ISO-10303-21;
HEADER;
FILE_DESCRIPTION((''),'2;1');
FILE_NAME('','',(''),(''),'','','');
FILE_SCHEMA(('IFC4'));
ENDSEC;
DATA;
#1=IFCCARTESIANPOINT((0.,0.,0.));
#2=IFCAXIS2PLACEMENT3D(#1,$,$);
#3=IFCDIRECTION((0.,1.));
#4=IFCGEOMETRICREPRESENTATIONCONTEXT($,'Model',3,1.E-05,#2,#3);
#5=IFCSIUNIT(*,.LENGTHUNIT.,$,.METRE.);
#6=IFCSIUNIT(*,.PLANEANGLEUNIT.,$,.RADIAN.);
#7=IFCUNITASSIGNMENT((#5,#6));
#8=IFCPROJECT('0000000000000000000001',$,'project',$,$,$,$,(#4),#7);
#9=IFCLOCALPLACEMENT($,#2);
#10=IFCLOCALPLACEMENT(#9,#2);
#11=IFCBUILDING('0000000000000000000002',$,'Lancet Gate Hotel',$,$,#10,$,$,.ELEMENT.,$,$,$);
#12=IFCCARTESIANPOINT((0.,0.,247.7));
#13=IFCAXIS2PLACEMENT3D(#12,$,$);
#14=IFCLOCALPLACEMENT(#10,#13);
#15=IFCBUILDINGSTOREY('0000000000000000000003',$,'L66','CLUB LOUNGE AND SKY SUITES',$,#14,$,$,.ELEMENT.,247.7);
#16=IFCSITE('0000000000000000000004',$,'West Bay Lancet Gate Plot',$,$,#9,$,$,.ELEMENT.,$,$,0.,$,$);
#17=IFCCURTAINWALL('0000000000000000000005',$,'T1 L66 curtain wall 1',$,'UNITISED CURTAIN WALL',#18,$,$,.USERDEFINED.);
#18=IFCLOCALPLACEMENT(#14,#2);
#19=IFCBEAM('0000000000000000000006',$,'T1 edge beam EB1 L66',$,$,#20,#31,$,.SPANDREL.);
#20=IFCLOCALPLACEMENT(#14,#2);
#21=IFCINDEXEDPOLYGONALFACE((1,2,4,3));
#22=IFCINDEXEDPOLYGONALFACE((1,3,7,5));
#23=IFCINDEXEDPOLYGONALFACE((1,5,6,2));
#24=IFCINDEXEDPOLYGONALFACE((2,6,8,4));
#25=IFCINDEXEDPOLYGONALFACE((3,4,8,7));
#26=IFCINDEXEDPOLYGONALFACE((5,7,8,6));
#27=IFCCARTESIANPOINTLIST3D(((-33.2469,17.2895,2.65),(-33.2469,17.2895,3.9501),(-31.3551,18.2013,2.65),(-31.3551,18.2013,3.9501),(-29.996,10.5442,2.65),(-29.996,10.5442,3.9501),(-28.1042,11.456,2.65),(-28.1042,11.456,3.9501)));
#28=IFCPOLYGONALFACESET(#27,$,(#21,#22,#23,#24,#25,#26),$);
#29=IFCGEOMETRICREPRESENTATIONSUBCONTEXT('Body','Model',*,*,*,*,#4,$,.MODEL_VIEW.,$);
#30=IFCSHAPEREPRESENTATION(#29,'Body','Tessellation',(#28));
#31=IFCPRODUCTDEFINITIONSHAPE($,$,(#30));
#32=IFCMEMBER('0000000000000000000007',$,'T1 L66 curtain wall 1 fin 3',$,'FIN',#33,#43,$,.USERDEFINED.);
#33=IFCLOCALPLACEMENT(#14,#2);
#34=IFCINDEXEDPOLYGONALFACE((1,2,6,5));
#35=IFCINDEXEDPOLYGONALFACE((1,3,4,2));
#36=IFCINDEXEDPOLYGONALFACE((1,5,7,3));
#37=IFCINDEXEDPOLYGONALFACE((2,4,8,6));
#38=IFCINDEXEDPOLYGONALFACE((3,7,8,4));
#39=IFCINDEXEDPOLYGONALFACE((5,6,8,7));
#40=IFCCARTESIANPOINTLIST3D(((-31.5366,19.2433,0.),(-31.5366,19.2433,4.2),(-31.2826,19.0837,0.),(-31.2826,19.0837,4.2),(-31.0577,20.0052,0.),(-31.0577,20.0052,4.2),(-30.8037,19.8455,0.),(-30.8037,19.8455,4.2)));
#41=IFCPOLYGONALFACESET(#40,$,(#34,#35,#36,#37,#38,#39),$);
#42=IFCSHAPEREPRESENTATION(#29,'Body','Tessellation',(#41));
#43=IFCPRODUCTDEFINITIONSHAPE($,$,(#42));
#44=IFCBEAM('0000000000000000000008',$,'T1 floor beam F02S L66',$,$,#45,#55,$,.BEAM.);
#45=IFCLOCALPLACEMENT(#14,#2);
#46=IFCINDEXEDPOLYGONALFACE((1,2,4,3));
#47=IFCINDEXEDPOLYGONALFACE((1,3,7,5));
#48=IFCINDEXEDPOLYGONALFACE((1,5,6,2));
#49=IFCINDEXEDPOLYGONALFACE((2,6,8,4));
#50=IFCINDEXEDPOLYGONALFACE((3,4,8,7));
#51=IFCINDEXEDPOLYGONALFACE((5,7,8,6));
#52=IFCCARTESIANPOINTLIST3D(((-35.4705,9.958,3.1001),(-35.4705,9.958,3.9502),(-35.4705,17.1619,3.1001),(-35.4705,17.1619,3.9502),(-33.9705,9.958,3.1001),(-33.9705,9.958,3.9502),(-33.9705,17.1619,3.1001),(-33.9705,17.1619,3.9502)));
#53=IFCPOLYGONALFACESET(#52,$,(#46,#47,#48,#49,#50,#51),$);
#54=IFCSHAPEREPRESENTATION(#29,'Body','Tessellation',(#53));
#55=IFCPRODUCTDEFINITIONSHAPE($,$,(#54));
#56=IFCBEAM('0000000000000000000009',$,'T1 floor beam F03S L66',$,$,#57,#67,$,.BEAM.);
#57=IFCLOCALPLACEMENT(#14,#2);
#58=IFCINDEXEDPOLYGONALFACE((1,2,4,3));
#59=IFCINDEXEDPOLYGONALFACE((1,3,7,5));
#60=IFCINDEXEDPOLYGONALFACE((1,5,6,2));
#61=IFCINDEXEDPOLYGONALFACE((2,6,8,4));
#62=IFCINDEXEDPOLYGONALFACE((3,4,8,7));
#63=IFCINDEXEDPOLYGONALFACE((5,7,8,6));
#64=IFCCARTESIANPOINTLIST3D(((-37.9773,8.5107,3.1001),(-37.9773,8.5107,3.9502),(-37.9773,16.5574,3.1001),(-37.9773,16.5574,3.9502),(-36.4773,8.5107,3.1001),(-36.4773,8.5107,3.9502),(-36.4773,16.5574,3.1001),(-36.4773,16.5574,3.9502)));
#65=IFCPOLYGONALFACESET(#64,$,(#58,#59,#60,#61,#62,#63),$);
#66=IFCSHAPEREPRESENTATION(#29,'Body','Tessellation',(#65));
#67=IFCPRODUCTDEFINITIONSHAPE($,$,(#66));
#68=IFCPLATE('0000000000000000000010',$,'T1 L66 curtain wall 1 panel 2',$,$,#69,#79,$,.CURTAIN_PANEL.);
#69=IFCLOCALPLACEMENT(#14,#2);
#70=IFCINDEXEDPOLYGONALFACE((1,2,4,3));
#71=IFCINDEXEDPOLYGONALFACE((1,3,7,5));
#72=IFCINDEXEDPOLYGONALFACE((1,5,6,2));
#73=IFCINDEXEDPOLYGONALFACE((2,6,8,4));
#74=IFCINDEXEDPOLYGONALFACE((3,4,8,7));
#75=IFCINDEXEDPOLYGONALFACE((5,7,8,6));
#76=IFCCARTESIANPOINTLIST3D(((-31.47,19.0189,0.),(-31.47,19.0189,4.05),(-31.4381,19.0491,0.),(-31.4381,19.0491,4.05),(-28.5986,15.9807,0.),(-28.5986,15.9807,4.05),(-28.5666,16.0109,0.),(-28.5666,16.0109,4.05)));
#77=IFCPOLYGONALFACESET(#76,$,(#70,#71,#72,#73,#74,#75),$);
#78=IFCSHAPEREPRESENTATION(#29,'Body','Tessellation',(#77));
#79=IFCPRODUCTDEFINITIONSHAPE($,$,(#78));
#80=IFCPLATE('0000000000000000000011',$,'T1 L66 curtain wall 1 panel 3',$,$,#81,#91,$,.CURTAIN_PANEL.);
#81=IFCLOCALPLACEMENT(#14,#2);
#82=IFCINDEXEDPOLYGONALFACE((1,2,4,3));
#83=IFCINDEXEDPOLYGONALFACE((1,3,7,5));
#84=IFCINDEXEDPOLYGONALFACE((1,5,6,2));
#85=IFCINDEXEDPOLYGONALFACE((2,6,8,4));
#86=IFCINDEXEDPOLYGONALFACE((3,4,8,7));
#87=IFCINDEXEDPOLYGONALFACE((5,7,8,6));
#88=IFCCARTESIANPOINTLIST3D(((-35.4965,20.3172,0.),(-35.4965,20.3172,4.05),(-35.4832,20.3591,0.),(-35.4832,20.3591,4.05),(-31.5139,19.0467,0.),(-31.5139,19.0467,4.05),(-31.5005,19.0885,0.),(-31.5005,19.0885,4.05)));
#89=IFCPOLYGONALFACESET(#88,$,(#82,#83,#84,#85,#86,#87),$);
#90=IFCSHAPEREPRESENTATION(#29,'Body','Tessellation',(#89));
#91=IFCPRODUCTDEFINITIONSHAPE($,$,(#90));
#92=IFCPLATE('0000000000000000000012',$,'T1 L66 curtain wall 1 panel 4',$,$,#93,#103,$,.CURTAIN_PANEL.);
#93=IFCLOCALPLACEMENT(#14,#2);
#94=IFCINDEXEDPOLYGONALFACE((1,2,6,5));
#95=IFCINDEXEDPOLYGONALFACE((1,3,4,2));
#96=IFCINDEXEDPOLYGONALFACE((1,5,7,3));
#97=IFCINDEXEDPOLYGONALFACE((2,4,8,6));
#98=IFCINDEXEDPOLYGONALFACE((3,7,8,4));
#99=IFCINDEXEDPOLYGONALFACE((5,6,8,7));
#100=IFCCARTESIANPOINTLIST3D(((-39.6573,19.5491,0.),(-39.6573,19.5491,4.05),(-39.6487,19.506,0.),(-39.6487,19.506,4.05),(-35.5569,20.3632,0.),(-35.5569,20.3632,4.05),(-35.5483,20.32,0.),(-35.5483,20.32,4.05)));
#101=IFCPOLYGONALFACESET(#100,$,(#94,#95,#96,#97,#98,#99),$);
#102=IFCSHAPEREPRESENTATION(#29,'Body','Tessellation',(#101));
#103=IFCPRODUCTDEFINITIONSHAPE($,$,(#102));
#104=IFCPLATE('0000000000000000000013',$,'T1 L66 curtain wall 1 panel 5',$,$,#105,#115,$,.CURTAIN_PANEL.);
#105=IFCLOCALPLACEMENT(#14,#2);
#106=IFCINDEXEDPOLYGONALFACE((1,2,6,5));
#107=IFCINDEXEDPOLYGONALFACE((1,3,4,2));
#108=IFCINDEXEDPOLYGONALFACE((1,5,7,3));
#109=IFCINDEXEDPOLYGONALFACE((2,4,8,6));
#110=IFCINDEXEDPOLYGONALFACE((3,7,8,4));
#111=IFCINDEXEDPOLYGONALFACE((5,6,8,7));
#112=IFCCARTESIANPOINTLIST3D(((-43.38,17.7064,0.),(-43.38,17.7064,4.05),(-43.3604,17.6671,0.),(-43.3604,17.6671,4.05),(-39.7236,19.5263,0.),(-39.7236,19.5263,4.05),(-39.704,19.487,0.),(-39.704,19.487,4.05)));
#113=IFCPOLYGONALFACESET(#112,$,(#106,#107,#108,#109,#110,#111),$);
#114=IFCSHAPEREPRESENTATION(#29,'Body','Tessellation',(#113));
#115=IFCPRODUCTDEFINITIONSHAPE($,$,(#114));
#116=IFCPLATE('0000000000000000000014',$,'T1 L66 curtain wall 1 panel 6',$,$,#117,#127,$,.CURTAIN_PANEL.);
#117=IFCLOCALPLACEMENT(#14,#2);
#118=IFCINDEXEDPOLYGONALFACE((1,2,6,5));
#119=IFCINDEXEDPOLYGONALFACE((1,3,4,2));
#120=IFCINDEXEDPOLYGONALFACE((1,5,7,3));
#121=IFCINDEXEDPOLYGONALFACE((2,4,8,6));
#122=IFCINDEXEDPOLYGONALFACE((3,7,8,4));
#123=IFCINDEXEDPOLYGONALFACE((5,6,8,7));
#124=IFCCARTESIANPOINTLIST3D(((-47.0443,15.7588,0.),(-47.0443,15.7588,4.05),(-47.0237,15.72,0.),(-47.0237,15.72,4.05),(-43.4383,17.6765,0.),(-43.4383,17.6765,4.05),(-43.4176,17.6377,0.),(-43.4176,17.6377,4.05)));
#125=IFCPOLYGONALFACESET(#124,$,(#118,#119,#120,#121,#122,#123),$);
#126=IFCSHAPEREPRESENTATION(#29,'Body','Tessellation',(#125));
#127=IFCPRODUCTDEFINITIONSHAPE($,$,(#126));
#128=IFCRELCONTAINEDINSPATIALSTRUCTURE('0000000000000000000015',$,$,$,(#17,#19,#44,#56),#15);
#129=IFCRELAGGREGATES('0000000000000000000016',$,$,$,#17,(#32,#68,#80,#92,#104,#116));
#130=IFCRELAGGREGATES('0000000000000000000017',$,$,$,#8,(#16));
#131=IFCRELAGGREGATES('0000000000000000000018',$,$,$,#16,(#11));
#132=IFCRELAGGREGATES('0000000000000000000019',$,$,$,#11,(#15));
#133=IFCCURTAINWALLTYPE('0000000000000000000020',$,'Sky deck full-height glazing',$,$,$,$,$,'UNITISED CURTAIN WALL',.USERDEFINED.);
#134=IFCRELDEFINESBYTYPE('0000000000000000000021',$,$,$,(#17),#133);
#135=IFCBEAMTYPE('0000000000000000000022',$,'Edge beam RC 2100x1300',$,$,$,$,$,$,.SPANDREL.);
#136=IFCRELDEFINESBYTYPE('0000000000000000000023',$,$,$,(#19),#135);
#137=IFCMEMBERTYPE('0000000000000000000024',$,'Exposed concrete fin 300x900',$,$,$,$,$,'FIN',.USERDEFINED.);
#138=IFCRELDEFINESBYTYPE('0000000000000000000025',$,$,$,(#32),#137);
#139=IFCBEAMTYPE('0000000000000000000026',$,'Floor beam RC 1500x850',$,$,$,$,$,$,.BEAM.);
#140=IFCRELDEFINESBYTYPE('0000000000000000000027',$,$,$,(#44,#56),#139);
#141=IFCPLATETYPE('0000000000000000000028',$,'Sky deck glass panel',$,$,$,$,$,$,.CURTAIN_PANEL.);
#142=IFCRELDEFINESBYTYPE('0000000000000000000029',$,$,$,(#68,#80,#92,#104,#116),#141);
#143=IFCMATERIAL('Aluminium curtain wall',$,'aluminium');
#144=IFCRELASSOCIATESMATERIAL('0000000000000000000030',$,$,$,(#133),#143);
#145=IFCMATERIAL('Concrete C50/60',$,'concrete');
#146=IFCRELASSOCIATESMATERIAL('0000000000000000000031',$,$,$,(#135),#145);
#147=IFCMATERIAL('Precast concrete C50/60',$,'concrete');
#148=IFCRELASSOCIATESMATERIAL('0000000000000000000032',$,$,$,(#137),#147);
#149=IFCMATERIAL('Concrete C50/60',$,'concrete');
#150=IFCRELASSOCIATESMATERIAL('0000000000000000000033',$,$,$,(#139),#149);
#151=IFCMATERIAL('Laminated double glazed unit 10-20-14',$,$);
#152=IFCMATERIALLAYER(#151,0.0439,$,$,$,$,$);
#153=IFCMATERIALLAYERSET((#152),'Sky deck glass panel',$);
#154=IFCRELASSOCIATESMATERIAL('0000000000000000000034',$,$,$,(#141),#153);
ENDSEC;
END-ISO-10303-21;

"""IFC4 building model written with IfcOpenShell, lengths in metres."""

from ifc_helpers import new_model, si_unit, direction, frame, origin, origin_2d, place, context, subcontext, project, spatial, rectangle, extrude, material, layer, layer_set, material_profile, profile_set, type_object, element, aggregate, save


model = new_model("IFC4")

# Units and contexts
model_context = context("Model", 3, precision=1e-05, world=origin(), true_north=direction((0.0, 1.0)))
body_context = subcontext(model_context, "Body", "Model", "MODEL_VIEW")
ifc_project = project(units=[si_unit("LENGTHUNIT", "METRE"), si_unit("PLANEANGLEUNIT", "RADIAN")], contexts=[model_context])

# Site, building, storey
site_placement = place(None, origin())
site = spatial("IfcSite", under=ifc_project, at=site_placement, Name="West Bay Lancet Gate Plot", CompositionType="ELEMENT", RefElevation=0.0)
building_placement = place(site_placement, origin())
building = spatial("IfcBuilding", under=site, at=building_placement, Name="Lancet Gate Hotel", CompositionType="ELEMENT")
storey_placement = place(building_placement, frame((0.0, 0.0, 247.7)))
storey = spatial("IfcBuildingStorey", under=building, at=storey_placement, Name="L66", Description="CLUB LOUNGE AND SKY SUITES", CompositionType="ELEMENT", Elevation=247.7)

# Curtain wall
ifc_material_1 = material(Name="Aluminium curtain wall", Category="aluminium")
curtain_wall_type = type_object("IfcCurtainWallType", Name="Sky deck full-height glazing", ElementType="UNITISED CURTAIN WALL", PredefinedType="USERDEFINED", material=ifc_material_1)
curtain_wall_placement = place(storey_placement, origin())
curtain_wall = element("IfcCurtainWall", 1, at=curtain_wall_placement, inside=storey, type_object=curtain_wall_type, Name="T1 L66 curtain wall 1", ObjectType="UNITISED CURTAIN WALL", PredefinedType="USERDEFINED")

# Beam
ifc_material_2 = material(Name="Concrete C50/60", Category="concrete")
ifc_material_profile_1 = material_profile(ifc_material_2, rectangle(XDim=2.1001, YDim=1.3, at=origin_2d()), Name="RC 2100x1300")
ifc_profile_set_1 = profile_set([ifc_material_profile_1], Name="Concrete C50/60")
beam_type_1 = type_object("IfcBeamType", Name="Edge beam RC 2100x1300", PredefinedType="SPANDREL", material=ifc_profile_set_1)
beam_1_placement = place(storey_placement, frame((-32.301, 17.7454, 3.3), z_axis=(0.434164, -0.900834, 0.0), x_axis=(0.900834, 0.434164, 0.0)))
element("IfcBeam", 2, at=beam_1_placement, inside=storey, type_object=beam_type_1, Name="T1 edge beam EB1 L66", PredefinedType="SPANDREL", context=body_context, shape_type="SweptSolid", body=[
    extrude(rectangle(XDim=2.1001, YDim=1.3, at=origin_2d()), origin(), (0.0, 0.0, 1.0), 7.4878),
])

# Member
ifc_material_3 = material(Name="Precast concrete C50/60", Category="concrete")
ifc_material_profile_2 = material_profile(ifc_material_3, rectangle(XDim=0.3, YDim=0.8999, at=origin_2d()), Name="FIN 300x900")
ifc_profile_set_2 = profile_set([ifc_material_profile_2], Name="Precast concrete C50/60")
member_type_1 = type_object("IfcMemberType", Name="Exposed concrete fin 300x900", ElementType="FIN", PredefinedType="USERDEFINED", material=ifc_profile_set_2)
member_1_placement = place(storey_placement, frame((-31.1702, 19.5444, 0.0), z_axis=(0.0, 0.0, 1.0), x_axis=(-0.846613, 0.532209, 0.0)))
member_1 = element("IfcMember", 3, at=member_1_placement, type_object=member_type_1, Name="T1 L66 curtain wall 1 fin 3", ObjectType="FIN", PredefinedType="USERDEFINED", context=body_context, shape_type="SweptSolid", body=[
    extrude(rectangle(XDim=0.3, YDim=0.8999, at=origin_2d()), origin(), (0.0, 0.0, 1.0), 4.2),
])

# Beams
ifc_material_4 = material(Name="Concrete C50/60", Category="concrete")
ifc_material_profile_3 = material_profile(ifc_material_4, rectangle(XDim=1.5, YDim=0.8501, at=origin_2d()), Name="RC 1500x850")
ifc_profile_set_3 = profile_set([ifc_material_profile_3], Name="Concrete C50/60")
beam_type_2 = type_object("IfcBeamType", Name="Floor beam RC 1500x850", PredefinedType="BEAM", material=ifc_profile_set_3)
beam_2_placement = place(storey_placement, frame((-34.7205, 17.1619, 3.5251), z_axis=(0.0, -1.0, 0.0), x_axis=(1.0, 0.0, 0.0)))
element("IfcBeam", 4, at=beam_2_placement, inside=storey, type_object=beam_type_2, Name="T1 floor beam F02S L66", PredefinedType="BEAM", context=body_context, shape_type="SweptSolid", body=[
    extrude(rectangle(XDim=1.5, YDim=0.8501, at=origin_2d()), origin(), (0.0, 0.0, 1.0), 7.2039),
])
beam_3_placement = place(storey_placement, frame((-37.2273, 16.5574, 3.5251), z_axis=(0.0, -1.0, 0.0), x_axis=(1.0, 0.0, 0.0)))
element("IfcBeam", 5, at=beam_3_placement, inside=storey, type_object=beam_type_2, Name="T1 floor beam F03S L66", PredefinedType="BEAM", context=body_context, shape_type="SweptSolid", body=[
    extrude(rectangle(XDim=1.5, YDim=0.8501, at=origin_2d()), origin(), (0.0, 0.0, 1.0), 8.0466),
])

# Plates
ifc_material_5 = material(Name="Laminated double glazed unit 10-20-14")
ifc_layer_1 = layer(ifc_material_5, 0.0439)
ifc_layer_set_1 = layer_set([ifc_layer_1], Name="Sky deck glass panel")
plate_type = type_object("IfcPlateType", Name="Sky deck glass panel", PredefinedType="CURTAIN_PANEL", material=ifc_layer_set_1)
plate_1_placement = place(storey_placement, frame((-30.0183, 17.5149, 0.0), z_axis=(0.0, 0.0, 1.0), x_axis=(-0.686883, 0.726768, 0.0)))
plate_1 = element("IfcPlate", 6, at=plate_1_placement, type_object=plate_type, Name="T1 L66 curtain wall 1 panel 2", PredefinedType="CURTAIN_PANEL", context=body_context, shape_type="SweptSolid", body=[
    extrude(rectangle(XDim=4.1804, YDim=0.0439, at=origin_2d()), origin(), (0.0, 0.0, 1.0), 4.05),
])
plate_2_placement = place(storey_placement, frame((-33.4985, 19.7029, 0.0), z_axis=(0.0, 0.0, 1.0), x_axis=(-0.952696, 0.303926, 0.0)))
plate_2 = element("IfcPlate", 7, at=plate_2_placement, type_object=plate_type, Name="T1 L66 curtain wall 1 panel 3", PredefinedType="CURTAIN_PANEL", context=body_context, shape_type="SweptSolid", body=[
    extrude(rectangle(XDim=4.1804, YDim=0.0439, at=origin_2d()), origin(), (0.0, 0.0, 1.0), 4.05),
])
plate_3_placement = place(storey_placement, frame((-37.6028, 19.9346, 0.0), z_axis=(0.0, 0.0, 1.0), x_axis=(-0.980857, -0.194731, 0.0)))
plate_3 = element("IfcPlate", 8, at=plate_3_placement, type_object=plate_type, Name="T1 L66 curtain wall 1 panel 4", PredefinedType="CURTAIN_PANEL", context=body_context, shape_type="SweptSolid", body=[
    extrude(rectangle(XDim=4.1804, YDim=0.0439, at=origin_2d()), origin(), (0.0, 0.0, 1.0), 4.05),
])
plate_4_placement = place(storey_placement, frame((-41.542, 18.5967, 0.0), z_axis=(0.0, 0.0, 1.0), x_axis=(-0.895234, -0.445596, 0.0)))
plate_4 = element("IfcPlate", 9, at=plate_4_placement, type_object=plate_type, Name="T1 L66 curtain wall 1 panel 5", PredefinedType="CURTAIN_PANEL", context=body_context, shape_type="SweptSolid", body=[
    extrude(rectangle(XDim=4.0842, YDim=0.0439, at=origin_2d()), origin(), (0.0, 0.0, 1.0), 4.05),
])
plate_5_placement = place(storey_placement, frame((-45.231, 16.6982, 0.0), z_axis=(0.0, 0.0, 1.0), x_axis=(-0.882916, -0.469531, 0.0)))
plate_5 = element("IfcPlate", 10, at=plate_5_placement, type_object=plate_type, Name="T1 L66 curtain wall 1 panel 6", PredefinedType="CURTAIN_PANEL", context=body_context, shape_type="SweptSolid", body=[
    extrude(rectangle(XDim=4.0842, YDim=0.0439, at=origin_2d()), origin(), (0.0, 0.0, 1.0), 4.05),
])
aggregate(curtain_wall, [member_1, plate_1, plate_2, plate_3, plate_4, plate_5])

save(model, "model.ifc")
